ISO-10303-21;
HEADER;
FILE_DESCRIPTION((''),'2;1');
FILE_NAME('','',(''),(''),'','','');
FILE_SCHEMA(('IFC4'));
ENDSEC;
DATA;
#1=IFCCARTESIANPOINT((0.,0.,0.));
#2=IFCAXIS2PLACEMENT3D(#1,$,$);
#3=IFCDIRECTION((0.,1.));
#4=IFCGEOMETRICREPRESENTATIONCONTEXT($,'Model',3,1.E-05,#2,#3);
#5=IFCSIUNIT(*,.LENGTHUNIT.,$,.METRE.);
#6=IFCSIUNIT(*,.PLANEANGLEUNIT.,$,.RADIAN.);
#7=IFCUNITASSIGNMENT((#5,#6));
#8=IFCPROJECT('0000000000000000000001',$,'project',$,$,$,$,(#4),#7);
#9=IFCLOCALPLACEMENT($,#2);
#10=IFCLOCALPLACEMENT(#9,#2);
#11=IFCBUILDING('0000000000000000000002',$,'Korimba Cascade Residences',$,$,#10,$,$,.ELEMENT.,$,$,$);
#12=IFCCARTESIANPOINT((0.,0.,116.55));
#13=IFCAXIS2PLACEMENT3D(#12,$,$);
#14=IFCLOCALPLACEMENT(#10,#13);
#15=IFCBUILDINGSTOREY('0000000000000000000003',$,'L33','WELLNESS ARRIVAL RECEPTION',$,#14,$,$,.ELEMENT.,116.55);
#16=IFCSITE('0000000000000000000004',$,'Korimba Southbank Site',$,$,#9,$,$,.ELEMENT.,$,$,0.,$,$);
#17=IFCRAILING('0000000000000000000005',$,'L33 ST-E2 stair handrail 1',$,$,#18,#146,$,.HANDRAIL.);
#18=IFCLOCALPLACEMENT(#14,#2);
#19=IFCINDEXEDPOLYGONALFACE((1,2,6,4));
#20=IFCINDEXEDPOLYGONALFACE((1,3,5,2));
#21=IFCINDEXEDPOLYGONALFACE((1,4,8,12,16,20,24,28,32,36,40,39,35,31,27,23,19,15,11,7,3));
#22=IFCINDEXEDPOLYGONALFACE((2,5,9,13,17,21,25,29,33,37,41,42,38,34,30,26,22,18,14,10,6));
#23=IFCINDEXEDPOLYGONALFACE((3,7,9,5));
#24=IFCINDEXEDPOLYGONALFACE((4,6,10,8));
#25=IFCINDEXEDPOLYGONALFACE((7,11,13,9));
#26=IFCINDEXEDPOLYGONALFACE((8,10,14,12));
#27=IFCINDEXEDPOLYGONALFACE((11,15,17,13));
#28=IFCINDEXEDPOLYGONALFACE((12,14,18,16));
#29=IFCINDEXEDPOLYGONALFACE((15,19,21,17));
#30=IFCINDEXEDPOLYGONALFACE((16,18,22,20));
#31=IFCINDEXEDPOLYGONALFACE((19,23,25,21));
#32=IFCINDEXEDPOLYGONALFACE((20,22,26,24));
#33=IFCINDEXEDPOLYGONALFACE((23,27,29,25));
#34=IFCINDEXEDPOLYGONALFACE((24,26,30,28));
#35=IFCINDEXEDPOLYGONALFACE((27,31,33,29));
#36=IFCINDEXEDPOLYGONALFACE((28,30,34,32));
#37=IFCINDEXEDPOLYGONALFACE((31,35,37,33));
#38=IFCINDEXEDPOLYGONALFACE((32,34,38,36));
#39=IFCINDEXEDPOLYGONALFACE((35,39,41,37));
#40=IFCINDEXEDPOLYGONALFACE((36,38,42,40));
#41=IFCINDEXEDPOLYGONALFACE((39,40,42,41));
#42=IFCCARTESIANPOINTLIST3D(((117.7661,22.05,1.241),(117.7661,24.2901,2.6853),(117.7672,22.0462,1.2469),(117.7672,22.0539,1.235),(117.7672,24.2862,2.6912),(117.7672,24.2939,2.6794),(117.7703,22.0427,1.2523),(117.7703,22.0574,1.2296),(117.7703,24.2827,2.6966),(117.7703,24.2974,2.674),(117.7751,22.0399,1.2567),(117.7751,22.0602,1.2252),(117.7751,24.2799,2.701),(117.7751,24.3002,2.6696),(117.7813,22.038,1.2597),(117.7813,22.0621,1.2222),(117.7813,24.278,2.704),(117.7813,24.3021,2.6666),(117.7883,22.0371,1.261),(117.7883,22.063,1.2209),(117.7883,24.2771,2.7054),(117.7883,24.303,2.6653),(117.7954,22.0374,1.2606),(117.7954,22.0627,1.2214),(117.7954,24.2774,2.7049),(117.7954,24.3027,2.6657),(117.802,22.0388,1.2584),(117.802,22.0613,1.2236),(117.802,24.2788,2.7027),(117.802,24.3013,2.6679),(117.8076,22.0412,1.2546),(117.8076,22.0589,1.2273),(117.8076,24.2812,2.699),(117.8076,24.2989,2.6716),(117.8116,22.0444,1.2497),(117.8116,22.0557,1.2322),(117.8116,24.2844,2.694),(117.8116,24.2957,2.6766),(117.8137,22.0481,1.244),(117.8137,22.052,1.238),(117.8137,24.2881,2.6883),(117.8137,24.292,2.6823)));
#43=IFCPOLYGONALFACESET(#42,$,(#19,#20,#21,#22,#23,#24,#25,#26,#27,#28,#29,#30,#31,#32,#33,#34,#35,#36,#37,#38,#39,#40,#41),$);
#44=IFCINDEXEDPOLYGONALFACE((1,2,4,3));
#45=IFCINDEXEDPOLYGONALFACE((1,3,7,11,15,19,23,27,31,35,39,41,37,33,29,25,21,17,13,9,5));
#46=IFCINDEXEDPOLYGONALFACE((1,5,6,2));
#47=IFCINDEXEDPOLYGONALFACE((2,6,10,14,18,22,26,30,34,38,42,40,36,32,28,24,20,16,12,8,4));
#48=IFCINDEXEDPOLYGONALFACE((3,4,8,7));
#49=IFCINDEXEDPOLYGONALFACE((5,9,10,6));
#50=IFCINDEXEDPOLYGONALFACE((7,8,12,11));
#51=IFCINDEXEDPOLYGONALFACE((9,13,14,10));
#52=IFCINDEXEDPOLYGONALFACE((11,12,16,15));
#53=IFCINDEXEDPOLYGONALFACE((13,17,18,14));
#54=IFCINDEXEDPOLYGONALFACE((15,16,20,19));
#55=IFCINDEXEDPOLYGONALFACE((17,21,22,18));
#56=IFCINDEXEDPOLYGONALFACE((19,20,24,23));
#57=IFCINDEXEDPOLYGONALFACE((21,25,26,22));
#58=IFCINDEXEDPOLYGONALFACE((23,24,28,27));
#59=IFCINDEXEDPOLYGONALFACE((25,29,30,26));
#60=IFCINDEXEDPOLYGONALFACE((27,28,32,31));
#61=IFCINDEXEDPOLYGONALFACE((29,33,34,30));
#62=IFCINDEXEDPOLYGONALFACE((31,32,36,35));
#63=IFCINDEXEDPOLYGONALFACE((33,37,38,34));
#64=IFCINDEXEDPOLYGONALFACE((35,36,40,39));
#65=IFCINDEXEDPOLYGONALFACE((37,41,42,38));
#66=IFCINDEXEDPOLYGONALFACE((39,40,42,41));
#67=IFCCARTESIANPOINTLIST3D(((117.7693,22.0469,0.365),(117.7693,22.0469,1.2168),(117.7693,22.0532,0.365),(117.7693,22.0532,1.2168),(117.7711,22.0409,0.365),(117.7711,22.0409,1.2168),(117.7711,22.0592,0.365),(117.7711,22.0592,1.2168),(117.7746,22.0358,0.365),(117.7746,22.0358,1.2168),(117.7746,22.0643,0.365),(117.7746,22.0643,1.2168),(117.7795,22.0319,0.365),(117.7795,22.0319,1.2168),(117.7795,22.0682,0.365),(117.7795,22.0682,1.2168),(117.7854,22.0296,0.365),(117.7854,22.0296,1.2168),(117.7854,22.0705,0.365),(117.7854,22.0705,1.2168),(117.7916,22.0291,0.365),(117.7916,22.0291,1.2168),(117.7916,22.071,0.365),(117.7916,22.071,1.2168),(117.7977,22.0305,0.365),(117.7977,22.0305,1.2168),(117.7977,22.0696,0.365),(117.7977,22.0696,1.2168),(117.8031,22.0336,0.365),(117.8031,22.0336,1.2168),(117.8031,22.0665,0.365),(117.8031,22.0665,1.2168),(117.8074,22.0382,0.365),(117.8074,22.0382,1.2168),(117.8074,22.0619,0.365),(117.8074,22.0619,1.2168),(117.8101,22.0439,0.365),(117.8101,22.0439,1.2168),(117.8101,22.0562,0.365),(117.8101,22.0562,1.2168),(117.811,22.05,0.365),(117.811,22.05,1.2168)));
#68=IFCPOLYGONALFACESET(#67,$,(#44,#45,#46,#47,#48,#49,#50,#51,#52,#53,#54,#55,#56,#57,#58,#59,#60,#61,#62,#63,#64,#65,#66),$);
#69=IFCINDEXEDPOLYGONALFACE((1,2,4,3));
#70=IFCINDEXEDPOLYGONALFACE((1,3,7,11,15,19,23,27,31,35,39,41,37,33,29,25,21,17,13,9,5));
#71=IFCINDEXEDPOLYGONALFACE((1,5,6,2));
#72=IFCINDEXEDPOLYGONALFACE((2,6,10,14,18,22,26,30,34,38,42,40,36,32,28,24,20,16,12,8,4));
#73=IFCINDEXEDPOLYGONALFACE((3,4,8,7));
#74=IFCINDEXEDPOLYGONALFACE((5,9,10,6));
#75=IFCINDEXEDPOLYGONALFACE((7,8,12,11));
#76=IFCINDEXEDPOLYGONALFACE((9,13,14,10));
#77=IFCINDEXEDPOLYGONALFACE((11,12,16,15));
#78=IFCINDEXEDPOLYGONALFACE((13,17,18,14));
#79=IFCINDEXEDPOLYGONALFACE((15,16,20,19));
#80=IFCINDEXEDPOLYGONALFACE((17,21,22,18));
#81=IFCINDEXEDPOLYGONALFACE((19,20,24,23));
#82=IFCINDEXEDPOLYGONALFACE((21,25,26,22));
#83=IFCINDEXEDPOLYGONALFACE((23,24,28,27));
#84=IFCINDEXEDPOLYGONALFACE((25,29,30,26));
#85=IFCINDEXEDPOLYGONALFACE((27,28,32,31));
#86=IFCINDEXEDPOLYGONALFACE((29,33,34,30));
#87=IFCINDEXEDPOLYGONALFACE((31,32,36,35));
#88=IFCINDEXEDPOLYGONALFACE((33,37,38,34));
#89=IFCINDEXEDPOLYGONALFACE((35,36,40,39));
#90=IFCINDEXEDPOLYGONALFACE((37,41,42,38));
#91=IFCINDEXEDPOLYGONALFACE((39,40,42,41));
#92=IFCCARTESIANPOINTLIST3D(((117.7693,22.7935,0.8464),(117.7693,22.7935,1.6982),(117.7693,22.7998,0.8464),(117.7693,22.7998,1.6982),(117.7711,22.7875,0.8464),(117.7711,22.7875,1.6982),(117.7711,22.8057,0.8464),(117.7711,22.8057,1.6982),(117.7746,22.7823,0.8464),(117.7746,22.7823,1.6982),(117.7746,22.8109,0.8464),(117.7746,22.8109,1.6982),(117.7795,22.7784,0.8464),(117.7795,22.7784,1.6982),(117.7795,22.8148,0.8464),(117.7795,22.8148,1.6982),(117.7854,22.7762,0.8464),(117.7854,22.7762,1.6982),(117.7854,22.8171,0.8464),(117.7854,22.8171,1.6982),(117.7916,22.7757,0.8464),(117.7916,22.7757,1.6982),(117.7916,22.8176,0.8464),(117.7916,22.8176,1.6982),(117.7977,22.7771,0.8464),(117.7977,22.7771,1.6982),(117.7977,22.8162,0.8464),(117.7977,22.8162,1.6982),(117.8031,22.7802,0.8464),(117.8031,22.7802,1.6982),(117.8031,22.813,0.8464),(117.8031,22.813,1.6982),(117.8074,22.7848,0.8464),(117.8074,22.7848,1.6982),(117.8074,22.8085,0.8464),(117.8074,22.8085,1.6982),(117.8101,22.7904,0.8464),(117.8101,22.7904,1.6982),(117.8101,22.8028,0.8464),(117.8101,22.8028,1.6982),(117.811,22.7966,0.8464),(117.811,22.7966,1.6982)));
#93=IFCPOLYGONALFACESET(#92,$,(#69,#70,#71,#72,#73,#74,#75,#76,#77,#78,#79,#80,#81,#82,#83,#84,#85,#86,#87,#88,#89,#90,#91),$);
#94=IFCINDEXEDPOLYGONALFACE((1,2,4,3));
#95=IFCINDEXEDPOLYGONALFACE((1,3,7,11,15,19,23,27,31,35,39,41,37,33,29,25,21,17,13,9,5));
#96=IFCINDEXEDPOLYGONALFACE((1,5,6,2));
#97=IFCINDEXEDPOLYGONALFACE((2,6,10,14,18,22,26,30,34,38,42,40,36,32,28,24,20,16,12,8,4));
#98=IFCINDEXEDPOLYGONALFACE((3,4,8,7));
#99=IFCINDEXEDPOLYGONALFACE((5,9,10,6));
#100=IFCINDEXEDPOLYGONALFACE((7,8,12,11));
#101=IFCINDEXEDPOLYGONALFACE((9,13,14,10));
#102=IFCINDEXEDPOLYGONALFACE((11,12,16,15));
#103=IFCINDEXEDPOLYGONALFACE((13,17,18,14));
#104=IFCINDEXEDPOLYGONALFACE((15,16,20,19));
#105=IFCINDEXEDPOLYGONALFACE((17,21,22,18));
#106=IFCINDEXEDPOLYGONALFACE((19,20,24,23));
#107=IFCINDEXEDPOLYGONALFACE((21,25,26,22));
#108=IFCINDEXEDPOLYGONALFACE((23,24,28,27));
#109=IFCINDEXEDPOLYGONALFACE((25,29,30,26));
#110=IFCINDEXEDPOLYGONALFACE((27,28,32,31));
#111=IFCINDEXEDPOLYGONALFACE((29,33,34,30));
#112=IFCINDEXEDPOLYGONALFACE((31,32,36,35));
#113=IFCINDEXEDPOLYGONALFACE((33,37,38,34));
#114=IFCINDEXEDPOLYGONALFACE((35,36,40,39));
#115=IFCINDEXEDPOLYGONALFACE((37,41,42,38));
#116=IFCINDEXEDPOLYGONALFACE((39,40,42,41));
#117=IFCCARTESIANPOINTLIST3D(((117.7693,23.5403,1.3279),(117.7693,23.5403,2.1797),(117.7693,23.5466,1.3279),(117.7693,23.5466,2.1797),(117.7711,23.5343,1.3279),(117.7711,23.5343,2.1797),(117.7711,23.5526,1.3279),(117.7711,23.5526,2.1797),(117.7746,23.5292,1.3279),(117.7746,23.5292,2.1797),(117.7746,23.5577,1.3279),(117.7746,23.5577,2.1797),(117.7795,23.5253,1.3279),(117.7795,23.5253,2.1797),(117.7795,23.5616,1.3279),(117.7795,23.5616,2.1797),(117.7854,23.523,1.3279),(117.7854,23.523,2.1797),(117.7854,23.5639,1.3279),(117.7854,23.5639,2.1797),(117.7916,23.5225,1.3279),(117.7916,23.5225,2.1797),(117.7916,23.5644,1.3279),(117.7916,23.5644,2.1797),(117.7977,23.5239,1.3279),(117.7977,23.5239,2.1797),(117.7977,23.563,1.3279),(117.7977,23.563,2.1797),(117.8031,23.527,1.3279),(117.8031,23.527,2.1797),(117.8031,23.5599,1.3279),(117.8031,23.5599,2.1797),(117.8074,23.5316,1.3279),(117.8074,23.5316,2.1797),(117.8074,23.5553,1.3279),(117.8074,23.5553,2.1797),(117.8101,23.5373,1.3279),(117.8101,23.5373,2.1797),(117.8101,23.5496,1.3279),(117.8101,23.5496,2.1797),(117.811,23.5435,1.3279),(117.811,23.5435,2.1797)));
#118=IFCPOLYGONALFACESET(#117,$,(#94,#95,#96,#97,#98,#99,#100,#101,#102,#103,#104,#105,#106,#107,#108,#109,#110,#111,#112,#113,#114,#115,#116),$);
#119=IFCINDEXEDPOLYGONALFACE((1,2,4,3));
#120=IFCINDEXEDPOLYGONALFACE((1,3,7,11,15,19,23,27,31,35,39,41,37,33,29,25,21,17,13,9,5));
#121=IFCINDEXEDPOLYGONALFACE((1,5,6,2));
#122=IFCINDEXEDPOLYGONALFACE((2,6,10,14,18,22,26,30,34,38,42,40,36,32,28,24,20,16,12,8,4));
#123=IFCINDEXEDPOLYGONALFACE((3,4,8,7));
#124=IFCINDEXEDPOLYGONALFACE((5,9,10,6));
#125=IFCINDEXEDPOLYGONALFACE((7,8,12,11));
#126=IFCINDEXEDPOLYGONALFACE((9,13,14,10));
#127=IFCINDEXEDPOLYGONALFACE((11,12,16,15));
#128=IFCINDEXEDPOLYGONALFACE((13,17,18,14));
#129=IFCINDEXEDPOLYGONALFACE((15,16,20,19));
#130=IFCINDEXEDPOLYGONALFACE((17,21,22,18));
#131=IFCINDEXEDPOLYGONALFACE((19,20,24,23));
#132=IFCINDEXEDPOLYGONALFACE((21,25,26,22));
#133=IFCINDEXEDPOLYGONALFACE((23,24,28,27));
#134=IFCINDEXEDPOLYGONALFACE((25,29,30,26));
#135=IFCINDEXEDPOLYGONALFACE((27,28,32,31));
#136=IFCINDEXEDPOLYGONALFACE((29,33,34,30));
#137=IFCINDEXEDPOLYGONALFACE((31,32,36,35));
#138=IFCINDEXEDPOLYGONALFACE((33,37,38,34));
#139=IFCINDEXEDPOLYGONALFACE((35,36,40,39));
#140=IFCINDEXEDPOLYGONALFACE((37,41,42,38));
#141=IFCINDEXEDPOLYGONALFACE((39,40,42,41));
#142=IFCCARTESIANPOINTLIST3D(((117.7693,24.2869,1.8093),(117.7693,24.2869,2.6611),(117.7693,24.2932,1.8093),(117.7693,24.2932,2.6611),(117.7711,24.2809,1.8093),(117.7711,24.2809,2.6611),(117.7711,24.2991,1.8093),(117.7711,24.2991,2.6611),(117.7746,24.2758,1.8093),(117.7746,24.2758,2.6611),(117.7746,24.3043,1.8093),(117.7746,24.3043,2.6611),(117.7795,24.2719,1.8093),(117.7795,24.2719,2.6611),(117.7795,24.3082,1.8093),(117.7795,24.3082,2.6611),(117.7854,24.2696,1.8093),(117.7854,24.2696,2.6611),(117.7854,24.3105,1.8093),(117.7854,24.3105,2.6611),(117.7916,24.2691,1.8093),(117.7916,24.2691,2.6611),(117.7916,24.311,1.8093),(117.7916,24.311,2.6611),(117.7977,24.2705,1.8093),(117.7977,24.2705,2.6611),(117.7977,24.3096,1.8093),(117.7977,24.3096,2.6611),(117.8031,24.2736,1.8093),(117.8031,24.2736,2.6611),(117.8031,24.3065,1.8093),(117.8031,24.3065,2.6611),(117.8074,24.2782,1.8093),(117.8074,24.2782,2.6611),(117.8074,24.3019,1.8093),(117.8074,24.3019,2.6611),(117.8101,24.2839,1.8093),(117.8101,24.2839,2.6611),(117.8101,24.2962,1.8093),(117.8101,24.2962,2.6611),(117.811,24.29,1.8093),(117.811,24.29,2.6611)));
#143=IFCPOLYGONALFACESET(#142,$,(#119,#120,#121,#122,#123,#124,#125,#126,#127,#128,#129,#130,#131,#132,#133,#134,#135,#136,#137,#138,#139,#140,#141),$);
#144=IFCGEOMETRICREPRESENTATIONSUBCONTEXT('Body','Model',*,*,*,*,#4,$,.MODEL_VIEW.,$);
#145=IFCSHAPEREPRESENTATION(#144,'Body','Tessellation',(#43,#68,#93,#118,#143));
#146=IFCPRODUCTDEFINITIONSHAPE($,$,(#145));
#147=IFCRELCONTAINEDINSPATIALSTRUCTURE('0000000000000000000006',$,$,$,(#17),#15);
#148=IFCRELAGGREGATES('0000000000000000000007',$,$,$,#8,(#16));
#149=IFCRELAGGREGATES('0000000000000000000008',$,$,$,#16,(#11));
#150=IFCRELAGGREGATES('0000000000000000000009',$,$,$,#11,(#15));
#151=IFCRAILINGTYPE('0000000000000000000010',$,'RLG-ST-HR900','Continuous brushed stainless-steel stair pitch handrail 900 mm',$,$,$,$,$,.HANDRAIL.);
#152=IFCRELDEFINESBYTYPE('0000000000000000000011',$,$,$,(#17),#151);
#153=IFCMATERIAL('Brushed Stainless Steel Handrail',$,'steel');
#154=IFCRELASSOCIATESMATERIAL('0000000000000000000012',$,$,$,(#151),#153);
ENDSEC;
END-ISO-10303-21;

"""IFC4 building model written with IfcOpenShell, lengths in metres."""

from ifc_helpers import new_model, si_unit, direction, frame, origin, origin_2d, place, context, subcontext, project, spatial, circle, extrude, material, type_object, element, save


model = new_model("IFC4")

# Units and contexts
model_context = context("Model", 3, precision=1e-05, world=origin(), true_north=direction((0.0, 1.0)))
body_context = subcontext(model_context, "Body", "Model", "MODEL_VIEW")
ifc_project = project(units=[si_unit("LENGTHUNIT", "METRE"), si_unit("PLANEANGLEUNIT", "RADIAN")], contexts=[model_context])

# Site, building, storey
site_placement = place(None, origin())
site = spatial("IfcSite", under=ifc_project, at=site_placement, Name="Korimba Southbank Site", CompositionType="ELEMENT", RefElevation=0.0)
building_placement = place(site_placement, origin())
building = spatial("IfcBuilding", under=site, at=building_placement, Name="Korimba Cascade Residences", CompositionType="ELEMENT")
storey_placement = place(building_placement, frame((0.0, 0.0, 116.55)))
storey = spatial("IfcBuildingStorey", under=building, at=storey_placement, Name="L33", Description="WELLNESS ARRIVAL RECEPTION", CompositionType="ELEMENT", Elevation=116.55)

# Railing
ifc_material_1 = material(Name="Brushed Stainless Steel Handrail", Category="steel")
railing_type_1 = type_object("IfcRailingType", Name="RLG-ST-HR900", Description="Continuous brushed stainless-steel stair pitch handrail 900 mm", PredefinedType="HANDRAIL", material=ifc_material_1)
railing_1_placement = place(storey_placement, frame((117.79, 22.05, 0.365)))
element("IfcRailing", 1, at=railing_1_placement, inside=storey, type_object=railing_type_1, Name="L33 ST-E2 stair handrail 1", PredefinedType="HANDRAIL", context=body_context, shape_type="SweptSolid", body=[
    extrude(circle(Radius=0.0239, at=origin_2d()), frame((0.0, 0.0, 0.876), z_axis=(0.0, 0.840437, 0.54191), x_axis=(-1.0, 0.0, 0.0)), (0.0, 0.0, 1.0), 2.6653),
    extrude(circle(Radius=0.021, at=origin_2d()), origin(), (0.0, 0.0, 1.0), 0.8518),
    extrude(circle(Radius=0.021, at=origin_2d()), frame((0.0, 0.7466, 0.4814)), (0.0, 0.0, 1.0), 0.8518),
    extrude(circle(Radius=0.021, at=origin_2d()), frame((0.0, 1.4934, 0.9629)), (0.0, 0.0, 1.0), 0.8518),
    extrude(circle(Radius=0.021, at=origin_2d()), frame((0.0, 2.24, 1.4443)), (0.0, 0.0, 1.0), 0.8518),
])

save(model, "model.ifc")
